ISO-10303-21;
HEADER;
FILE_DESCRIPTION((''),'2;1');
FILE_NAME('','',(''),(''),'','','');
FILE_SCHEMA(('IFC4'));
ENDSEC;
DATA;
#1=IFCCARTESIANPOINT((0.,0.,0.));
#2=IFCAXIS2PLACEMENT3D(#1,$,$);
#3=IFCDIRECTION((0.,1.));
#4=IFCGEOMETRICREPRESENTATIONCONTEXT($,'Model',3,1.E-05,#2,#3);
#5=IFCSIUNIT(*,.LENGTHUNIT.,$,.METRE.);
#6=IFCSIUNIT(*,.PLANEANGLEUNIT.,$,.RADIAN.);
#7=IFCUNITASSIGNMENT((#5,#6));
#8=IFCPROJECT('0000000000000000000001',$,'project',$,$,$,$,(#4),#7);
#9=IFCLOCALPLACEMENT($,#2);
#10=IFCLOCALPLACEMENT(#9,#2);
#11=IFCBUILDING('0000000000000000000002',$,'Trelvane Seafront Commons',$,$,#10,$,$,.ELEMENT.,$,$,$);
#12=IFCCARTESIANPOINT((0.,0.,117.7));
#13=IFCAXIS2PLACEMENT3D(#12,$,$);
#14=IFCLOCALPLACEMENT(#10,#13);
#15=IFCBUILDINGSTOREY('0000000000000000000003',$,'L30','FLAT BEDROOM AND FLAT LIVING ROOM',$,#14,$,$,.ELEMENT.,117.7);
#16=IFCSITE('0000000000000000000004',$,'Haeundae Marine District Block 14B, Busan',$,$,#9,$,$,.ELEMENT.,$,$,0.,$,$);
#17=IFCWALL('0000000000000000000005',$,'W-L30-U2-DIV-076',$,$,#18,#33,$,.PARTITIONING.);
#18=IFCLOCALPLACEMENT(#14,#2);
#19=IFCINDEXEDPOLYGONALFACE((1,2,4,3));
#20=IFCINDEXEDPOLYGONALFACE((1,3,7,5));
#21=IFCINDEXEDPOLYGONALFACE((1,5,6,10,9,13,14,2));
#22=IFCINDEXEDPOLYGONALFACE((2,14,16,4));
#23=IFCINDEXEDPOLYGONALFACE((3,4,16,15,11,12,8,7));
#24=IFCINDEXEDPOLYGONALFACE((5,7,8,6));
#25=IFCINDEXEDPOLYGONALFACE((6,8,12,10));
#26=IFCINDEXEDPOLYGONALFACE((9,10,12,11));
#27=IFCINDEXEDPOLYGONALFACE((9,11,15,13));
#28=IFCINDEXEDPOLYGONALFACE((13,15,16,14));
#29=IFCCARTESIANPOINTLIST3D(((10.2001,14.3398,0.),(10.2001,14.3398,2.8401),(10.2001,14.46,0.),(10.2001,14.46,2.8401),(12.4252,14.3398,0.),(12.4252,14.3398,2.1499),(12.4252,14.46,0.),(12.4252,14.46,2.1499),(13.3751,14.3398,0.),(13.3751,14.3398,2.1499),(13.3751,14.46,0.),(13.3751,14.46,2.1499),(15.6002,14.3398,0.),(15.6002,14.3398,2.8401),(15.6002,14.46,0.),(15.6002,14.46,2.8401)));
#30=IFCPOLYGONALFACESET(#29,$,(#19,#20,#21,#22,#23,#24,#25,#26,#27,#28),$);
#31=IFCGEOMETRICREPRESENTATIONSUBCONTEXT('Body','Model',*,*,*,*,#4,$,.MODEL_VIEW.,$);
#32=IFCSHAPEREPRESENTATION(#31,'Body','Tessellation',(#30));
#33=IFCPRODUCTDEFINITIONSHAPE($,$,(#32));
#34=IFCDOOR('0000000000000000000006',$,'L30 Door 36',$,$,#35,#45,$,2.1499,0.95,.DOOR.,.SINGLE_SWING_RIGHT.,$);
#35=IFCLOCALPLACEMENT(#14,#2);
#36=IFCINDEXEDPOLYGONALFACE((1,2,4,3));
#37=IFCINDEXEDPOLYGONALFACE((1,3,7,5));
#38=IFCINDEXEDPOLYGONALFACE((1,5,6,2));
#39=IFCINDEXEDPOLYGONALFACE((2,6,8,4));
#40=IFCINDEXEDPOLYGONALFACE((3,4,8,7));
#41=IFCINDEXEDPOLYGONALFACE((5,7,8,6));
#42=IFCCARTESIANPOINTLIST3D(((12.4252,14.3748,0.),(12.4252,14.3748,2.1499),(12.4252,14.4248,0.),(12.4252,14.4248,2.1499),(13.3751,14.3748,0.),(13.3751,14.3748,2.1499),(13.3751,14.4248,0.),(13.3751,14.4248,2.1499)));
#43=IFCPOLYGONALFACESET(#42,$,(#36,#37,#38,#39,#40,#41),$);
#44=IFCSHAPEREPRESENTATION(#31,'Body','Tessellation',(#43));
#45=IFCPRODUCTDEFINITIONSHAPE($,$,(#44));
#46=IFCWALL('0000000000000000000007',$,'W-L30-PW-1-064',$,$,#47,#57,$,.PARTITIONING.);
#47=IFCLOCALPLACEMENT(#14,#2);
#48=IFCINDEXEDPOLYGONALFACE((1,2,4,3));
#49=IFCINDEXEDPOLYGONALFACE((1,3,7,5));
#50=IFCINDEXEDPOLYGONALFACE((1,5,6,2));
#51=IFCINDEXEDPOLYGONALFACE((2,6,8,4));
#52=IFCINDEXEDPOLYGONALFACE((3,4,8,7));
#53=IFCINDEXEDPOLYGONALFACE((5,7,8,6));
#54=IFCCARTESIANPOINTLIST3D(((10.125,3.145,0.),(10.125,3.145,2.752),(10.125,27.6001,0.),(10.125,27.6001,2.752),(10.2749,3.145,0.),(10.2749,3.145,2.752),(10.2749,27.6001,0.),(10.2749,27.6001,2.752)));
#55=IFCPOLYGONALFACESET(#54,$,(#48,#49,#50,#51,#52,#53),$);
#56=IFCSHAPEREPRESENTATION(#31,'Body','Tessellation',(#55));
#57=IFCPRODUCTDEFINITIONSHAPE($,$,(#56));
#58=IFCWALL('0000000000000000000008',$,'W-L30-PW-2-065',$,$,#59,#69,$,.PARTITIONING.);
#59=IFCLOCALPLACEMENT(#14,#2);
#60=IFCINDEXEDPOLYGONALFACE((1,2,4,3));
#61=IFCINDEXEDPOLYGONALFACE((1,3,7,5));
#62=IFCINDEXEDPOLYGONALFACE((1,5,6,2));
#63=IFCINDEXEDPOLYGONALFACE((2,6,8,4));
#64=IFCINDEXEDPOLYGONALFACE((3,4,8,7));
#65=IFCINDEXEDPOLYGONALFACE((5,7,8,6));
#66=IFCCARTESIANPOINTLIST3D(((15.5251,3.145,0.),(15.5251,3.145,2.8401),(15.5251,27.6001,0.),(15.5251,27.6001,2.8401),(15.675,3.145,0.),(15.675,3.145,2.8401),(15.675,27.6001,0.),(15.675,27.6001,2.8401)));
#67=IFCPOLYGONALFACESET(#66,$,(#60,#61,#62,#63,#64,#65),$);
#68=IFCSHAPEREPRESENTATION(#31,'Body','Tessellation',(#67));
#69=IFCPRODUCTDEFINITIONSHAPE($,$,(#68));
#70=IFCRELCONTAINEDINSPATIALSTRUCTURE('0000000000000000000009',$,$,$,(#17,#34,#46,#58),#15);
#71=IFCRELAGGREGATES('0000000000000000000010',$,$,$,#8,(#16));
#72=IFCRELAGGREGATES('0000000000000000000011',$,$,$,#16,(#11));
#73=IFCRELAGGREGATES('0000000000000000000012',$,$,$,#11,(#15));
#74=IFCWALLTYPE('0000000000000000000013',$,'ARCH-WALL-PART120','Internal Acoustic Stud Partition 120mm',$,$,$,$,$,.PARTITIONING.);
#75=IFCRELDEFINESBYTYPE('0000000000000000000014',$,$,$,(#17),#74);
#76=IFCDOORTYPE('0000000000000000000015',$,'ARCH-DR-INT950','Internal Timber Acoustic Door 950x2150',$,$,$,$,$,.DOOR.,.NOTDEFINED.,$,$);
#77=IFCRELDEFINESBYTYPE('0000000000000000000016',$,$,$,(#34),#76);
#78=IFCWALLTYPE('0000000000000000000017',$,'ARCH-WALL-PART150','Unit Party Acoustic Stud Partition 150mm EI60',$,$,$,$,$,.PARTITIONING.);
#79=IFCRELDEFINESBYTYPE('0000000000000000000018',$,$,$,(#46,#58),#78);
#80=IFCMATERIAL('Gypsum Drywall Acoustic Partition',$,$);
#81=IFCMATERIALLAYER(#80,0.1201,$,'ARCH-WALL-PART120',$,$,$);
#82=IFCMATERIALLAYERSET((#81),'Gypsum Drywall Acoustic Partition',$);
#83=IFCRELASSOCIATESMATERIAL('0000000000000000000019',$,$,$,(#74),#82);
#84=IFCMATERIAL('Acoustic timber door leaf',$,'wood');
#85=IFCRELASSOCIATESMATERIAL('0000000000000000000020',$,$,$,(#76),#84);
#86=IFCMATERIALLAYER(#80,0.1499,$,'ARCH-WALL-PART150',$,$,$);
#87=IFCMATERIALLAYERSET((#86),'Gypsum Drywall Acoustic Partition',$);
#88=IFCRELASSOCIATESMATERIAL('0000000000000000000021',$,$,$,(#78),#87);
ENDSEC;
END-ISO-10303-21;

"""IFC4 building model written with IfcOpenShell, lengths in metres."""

from ifc_helpers import new_model, si_unit, direction, frame, frame_2d, origin, place, context, subcontext, project, spatial, rectangle, extrude, source, transform, mapped, material, layer, layer_set, type_object, element, fill, save


model = new_model("IFC4")

# Units and contexts
model_context = context("Model", 3, precision=1e-05, world=origin(), true_north=direction((0.0, 1.0)))
body_context = subcontext(model_context, "Body", "Model", "MODEL_VIEW")
ifc_project = project(units=[si_unit("LENGTHUNIT", "METRE"), si_unit("PLANEANGLEUNIT", "RADIAN")], contexts=[model_context])

# Site, building, storey
site_placement = place(None, origin())
site = spatial("IfcSite", under=ifc_project, at=site_placement, Name="Haeundae Marine District Block 14B, Busan", CompositionType="ELEMENT", RefElevation=0.0)
building_placement = place(site_placement, origin())
building = spatial("IfcBuilding", under=site, at=building_placement, Name="Trelvane Seafront Commons", CompositionType="ELEMENT")
storey_placement = place(building_placement, frame((0.0, 0.0, 117.7)))
storey = spatial("IfcBuildingStorey", under=building, at=storey_placement, Name="L30", Description="FLAT BEDROOM AND FLAT LIVING ROOM", CompositionType="ELEMENT", Elevation=117.7)

# Wall, opening, door
ifc_material_1 = material(Name="Gypsum Drywall Acoustic Partition")
ifc_layer_1 = layer(ifc_material_1, 0.1201, Name="ARCH-WALL-PART120")
ifc_layer_set_1 = layer_set([ifc_layer_1], Name="Gypsum Drywall Acoustic Partition")
wall_type_1 = type_object("IfcWallType", Name="ARCH-WALL-PART120", Description="Internal Acoustic Stud Partition 120mm", PredefinedType="PARTITIONING", material=ifc_layer_set_1)
wall_1_placement = place(storey_placement, frame((10.2, 14.3999, 0.0), z_axis=(0.0, 0.0, 1.0), x_axis=(1.0, 0.0, 0.0)))
wall_1 = element("IfcWall", 1, at=wall_1_placement, inside=storey, type_object=wall_type_1, Name="W-L30-U2-DIV-076", PredefinedType="PARTITIONING", context=body_context, shape_type="SweptSolid", body=[
    extrude(rectangle(XDim=5.4001, YDim=0.1201, at=frame_2d((2.7002, 0.0))), origin(), (0.0, 0.0, 1.0), 2.8401),
])
opening_1_placement = place(wall_1_placement, frame((2.2251, 0.0, 0.0)))
opening_1 = element("IfcOpeningElement", 2, at=opening_1_placement, cuts=wall_1, PredefinedType="OPENING", context=body_context, shape_type="SweptSolid", body=[
    extrude(rectangle(XDim=0.95, YDim=2.1499, at=frame_2d((0.4751, 1.075))), frame((0.0, 0.0701, 0.0), z_axis=(0.0, -1.0, 0.0), x_axis=(1.0, 0.0, 0.0)), (0.0, 0.0, 1.0), 0.1401),
])
ifc_material_2 = material(Name="Acoustic timber door leaf", Category="wood")
door_type = type_object("IfcDoorType", Name="ARCH-DR-INT950", Description="Internal Timber Acoustic Door 950x2150", OperationType="NOTDEFINED", PredefinedType="DOOR", material=ifc_material_2)
shared_shape_1 = source(origin(), body_context, "Body", "SweptSolid", [
    extrude(rectangle(XDim=0.95, YDim=2.1499, at=frame_2d((0.4751, 1.075))), frame((0.0, 0.0249, 0.0), z_axis=(0.0, -1.0, 0.0), x_axis=(1.0, 0.0, 0.0)), (0.0, 0.0, 1.0), 0.05),
])
door_1_placement = place(opening_1_placement, origin())
door_1 = element("IfcDoor", 3, at=door_1_placement, inside=storey, type_object=door_type, Name="L30 Door 36", OperationType="SINGLE_SWING_RIGHT", OverallHeight=2.1499, OverallWidth=0.95, PredefinedType="DOOR", context=body_context, shape_type="MappedRepresentation", body=[
    mapped(shared_shape_1, transform((0.0, 0.0, 0.0), x_axis=(1.0, 0.0, 0.0), y_axis=(0.0, 1.0, 0.0), z_axis=(0.0, 0.0, 1.0), scale=1.0)),
])
fill(opening_1, door_1)

# Walls
ifc_layer_2 = layer(ifc_material_1, 0.1499, Name="ARCH-WALL-PART150")
ifc_layer_set_2 = layer_set([ifc_layer_2], Name="Gypsum Drywall Acoustic Partition")
wall_type_2 = type_object("IfcWallType", Name="ARCH-WALL-PART150", Description="Unit Party Acoustic Stud Partition 150mm EI60", PredefinedType="PARTITIONING", material=ifc_layer_set_2)
wall_2_placement = place(storey_placement, frame((10.2, 3.145, 0.0), z_axis=(0.0, 0.0, 1.0), x_axis=(0.0, 1.0, 0.0)))
element("IfcWall", 4, at=wall_2_placement, inside=storey, type_object=wall_type_2, Name="W-L30-PW-1-064", PredefinedType="PARTITIONING", context=body_context, shape_type="SweptSolid", body=[
    extrude(rectangle(XDim=24.4551, YDim=0.1499, at=frame_2d((12.2275, 0.0))), origin(), (0.0, 0.0, 1.0), 2.752),
])
wall_3_placement = place(storey_placement, frame((15.6001, 3.145, 0.0), z_axis=(0.0, 0.0, 1.0), x_axis=(0.0, 1.0, 0.0)))
element("IfcWall", 5, at=wall_3_placement, inside=storey, type_object=wall_type_2, Name="W-L30-PW-2-065", PredefinedType="PARTITIONING", context=body_context, shape_type="SweptSolid", body=[
    extrude(rectangle(XDim=24.4551, YDim=0.1499, at=frame_2d((12.2275, 0.0))), origin(), (0.0, 0.0, 1.0), 2.8401),
])

save(model, "model.ifc")
